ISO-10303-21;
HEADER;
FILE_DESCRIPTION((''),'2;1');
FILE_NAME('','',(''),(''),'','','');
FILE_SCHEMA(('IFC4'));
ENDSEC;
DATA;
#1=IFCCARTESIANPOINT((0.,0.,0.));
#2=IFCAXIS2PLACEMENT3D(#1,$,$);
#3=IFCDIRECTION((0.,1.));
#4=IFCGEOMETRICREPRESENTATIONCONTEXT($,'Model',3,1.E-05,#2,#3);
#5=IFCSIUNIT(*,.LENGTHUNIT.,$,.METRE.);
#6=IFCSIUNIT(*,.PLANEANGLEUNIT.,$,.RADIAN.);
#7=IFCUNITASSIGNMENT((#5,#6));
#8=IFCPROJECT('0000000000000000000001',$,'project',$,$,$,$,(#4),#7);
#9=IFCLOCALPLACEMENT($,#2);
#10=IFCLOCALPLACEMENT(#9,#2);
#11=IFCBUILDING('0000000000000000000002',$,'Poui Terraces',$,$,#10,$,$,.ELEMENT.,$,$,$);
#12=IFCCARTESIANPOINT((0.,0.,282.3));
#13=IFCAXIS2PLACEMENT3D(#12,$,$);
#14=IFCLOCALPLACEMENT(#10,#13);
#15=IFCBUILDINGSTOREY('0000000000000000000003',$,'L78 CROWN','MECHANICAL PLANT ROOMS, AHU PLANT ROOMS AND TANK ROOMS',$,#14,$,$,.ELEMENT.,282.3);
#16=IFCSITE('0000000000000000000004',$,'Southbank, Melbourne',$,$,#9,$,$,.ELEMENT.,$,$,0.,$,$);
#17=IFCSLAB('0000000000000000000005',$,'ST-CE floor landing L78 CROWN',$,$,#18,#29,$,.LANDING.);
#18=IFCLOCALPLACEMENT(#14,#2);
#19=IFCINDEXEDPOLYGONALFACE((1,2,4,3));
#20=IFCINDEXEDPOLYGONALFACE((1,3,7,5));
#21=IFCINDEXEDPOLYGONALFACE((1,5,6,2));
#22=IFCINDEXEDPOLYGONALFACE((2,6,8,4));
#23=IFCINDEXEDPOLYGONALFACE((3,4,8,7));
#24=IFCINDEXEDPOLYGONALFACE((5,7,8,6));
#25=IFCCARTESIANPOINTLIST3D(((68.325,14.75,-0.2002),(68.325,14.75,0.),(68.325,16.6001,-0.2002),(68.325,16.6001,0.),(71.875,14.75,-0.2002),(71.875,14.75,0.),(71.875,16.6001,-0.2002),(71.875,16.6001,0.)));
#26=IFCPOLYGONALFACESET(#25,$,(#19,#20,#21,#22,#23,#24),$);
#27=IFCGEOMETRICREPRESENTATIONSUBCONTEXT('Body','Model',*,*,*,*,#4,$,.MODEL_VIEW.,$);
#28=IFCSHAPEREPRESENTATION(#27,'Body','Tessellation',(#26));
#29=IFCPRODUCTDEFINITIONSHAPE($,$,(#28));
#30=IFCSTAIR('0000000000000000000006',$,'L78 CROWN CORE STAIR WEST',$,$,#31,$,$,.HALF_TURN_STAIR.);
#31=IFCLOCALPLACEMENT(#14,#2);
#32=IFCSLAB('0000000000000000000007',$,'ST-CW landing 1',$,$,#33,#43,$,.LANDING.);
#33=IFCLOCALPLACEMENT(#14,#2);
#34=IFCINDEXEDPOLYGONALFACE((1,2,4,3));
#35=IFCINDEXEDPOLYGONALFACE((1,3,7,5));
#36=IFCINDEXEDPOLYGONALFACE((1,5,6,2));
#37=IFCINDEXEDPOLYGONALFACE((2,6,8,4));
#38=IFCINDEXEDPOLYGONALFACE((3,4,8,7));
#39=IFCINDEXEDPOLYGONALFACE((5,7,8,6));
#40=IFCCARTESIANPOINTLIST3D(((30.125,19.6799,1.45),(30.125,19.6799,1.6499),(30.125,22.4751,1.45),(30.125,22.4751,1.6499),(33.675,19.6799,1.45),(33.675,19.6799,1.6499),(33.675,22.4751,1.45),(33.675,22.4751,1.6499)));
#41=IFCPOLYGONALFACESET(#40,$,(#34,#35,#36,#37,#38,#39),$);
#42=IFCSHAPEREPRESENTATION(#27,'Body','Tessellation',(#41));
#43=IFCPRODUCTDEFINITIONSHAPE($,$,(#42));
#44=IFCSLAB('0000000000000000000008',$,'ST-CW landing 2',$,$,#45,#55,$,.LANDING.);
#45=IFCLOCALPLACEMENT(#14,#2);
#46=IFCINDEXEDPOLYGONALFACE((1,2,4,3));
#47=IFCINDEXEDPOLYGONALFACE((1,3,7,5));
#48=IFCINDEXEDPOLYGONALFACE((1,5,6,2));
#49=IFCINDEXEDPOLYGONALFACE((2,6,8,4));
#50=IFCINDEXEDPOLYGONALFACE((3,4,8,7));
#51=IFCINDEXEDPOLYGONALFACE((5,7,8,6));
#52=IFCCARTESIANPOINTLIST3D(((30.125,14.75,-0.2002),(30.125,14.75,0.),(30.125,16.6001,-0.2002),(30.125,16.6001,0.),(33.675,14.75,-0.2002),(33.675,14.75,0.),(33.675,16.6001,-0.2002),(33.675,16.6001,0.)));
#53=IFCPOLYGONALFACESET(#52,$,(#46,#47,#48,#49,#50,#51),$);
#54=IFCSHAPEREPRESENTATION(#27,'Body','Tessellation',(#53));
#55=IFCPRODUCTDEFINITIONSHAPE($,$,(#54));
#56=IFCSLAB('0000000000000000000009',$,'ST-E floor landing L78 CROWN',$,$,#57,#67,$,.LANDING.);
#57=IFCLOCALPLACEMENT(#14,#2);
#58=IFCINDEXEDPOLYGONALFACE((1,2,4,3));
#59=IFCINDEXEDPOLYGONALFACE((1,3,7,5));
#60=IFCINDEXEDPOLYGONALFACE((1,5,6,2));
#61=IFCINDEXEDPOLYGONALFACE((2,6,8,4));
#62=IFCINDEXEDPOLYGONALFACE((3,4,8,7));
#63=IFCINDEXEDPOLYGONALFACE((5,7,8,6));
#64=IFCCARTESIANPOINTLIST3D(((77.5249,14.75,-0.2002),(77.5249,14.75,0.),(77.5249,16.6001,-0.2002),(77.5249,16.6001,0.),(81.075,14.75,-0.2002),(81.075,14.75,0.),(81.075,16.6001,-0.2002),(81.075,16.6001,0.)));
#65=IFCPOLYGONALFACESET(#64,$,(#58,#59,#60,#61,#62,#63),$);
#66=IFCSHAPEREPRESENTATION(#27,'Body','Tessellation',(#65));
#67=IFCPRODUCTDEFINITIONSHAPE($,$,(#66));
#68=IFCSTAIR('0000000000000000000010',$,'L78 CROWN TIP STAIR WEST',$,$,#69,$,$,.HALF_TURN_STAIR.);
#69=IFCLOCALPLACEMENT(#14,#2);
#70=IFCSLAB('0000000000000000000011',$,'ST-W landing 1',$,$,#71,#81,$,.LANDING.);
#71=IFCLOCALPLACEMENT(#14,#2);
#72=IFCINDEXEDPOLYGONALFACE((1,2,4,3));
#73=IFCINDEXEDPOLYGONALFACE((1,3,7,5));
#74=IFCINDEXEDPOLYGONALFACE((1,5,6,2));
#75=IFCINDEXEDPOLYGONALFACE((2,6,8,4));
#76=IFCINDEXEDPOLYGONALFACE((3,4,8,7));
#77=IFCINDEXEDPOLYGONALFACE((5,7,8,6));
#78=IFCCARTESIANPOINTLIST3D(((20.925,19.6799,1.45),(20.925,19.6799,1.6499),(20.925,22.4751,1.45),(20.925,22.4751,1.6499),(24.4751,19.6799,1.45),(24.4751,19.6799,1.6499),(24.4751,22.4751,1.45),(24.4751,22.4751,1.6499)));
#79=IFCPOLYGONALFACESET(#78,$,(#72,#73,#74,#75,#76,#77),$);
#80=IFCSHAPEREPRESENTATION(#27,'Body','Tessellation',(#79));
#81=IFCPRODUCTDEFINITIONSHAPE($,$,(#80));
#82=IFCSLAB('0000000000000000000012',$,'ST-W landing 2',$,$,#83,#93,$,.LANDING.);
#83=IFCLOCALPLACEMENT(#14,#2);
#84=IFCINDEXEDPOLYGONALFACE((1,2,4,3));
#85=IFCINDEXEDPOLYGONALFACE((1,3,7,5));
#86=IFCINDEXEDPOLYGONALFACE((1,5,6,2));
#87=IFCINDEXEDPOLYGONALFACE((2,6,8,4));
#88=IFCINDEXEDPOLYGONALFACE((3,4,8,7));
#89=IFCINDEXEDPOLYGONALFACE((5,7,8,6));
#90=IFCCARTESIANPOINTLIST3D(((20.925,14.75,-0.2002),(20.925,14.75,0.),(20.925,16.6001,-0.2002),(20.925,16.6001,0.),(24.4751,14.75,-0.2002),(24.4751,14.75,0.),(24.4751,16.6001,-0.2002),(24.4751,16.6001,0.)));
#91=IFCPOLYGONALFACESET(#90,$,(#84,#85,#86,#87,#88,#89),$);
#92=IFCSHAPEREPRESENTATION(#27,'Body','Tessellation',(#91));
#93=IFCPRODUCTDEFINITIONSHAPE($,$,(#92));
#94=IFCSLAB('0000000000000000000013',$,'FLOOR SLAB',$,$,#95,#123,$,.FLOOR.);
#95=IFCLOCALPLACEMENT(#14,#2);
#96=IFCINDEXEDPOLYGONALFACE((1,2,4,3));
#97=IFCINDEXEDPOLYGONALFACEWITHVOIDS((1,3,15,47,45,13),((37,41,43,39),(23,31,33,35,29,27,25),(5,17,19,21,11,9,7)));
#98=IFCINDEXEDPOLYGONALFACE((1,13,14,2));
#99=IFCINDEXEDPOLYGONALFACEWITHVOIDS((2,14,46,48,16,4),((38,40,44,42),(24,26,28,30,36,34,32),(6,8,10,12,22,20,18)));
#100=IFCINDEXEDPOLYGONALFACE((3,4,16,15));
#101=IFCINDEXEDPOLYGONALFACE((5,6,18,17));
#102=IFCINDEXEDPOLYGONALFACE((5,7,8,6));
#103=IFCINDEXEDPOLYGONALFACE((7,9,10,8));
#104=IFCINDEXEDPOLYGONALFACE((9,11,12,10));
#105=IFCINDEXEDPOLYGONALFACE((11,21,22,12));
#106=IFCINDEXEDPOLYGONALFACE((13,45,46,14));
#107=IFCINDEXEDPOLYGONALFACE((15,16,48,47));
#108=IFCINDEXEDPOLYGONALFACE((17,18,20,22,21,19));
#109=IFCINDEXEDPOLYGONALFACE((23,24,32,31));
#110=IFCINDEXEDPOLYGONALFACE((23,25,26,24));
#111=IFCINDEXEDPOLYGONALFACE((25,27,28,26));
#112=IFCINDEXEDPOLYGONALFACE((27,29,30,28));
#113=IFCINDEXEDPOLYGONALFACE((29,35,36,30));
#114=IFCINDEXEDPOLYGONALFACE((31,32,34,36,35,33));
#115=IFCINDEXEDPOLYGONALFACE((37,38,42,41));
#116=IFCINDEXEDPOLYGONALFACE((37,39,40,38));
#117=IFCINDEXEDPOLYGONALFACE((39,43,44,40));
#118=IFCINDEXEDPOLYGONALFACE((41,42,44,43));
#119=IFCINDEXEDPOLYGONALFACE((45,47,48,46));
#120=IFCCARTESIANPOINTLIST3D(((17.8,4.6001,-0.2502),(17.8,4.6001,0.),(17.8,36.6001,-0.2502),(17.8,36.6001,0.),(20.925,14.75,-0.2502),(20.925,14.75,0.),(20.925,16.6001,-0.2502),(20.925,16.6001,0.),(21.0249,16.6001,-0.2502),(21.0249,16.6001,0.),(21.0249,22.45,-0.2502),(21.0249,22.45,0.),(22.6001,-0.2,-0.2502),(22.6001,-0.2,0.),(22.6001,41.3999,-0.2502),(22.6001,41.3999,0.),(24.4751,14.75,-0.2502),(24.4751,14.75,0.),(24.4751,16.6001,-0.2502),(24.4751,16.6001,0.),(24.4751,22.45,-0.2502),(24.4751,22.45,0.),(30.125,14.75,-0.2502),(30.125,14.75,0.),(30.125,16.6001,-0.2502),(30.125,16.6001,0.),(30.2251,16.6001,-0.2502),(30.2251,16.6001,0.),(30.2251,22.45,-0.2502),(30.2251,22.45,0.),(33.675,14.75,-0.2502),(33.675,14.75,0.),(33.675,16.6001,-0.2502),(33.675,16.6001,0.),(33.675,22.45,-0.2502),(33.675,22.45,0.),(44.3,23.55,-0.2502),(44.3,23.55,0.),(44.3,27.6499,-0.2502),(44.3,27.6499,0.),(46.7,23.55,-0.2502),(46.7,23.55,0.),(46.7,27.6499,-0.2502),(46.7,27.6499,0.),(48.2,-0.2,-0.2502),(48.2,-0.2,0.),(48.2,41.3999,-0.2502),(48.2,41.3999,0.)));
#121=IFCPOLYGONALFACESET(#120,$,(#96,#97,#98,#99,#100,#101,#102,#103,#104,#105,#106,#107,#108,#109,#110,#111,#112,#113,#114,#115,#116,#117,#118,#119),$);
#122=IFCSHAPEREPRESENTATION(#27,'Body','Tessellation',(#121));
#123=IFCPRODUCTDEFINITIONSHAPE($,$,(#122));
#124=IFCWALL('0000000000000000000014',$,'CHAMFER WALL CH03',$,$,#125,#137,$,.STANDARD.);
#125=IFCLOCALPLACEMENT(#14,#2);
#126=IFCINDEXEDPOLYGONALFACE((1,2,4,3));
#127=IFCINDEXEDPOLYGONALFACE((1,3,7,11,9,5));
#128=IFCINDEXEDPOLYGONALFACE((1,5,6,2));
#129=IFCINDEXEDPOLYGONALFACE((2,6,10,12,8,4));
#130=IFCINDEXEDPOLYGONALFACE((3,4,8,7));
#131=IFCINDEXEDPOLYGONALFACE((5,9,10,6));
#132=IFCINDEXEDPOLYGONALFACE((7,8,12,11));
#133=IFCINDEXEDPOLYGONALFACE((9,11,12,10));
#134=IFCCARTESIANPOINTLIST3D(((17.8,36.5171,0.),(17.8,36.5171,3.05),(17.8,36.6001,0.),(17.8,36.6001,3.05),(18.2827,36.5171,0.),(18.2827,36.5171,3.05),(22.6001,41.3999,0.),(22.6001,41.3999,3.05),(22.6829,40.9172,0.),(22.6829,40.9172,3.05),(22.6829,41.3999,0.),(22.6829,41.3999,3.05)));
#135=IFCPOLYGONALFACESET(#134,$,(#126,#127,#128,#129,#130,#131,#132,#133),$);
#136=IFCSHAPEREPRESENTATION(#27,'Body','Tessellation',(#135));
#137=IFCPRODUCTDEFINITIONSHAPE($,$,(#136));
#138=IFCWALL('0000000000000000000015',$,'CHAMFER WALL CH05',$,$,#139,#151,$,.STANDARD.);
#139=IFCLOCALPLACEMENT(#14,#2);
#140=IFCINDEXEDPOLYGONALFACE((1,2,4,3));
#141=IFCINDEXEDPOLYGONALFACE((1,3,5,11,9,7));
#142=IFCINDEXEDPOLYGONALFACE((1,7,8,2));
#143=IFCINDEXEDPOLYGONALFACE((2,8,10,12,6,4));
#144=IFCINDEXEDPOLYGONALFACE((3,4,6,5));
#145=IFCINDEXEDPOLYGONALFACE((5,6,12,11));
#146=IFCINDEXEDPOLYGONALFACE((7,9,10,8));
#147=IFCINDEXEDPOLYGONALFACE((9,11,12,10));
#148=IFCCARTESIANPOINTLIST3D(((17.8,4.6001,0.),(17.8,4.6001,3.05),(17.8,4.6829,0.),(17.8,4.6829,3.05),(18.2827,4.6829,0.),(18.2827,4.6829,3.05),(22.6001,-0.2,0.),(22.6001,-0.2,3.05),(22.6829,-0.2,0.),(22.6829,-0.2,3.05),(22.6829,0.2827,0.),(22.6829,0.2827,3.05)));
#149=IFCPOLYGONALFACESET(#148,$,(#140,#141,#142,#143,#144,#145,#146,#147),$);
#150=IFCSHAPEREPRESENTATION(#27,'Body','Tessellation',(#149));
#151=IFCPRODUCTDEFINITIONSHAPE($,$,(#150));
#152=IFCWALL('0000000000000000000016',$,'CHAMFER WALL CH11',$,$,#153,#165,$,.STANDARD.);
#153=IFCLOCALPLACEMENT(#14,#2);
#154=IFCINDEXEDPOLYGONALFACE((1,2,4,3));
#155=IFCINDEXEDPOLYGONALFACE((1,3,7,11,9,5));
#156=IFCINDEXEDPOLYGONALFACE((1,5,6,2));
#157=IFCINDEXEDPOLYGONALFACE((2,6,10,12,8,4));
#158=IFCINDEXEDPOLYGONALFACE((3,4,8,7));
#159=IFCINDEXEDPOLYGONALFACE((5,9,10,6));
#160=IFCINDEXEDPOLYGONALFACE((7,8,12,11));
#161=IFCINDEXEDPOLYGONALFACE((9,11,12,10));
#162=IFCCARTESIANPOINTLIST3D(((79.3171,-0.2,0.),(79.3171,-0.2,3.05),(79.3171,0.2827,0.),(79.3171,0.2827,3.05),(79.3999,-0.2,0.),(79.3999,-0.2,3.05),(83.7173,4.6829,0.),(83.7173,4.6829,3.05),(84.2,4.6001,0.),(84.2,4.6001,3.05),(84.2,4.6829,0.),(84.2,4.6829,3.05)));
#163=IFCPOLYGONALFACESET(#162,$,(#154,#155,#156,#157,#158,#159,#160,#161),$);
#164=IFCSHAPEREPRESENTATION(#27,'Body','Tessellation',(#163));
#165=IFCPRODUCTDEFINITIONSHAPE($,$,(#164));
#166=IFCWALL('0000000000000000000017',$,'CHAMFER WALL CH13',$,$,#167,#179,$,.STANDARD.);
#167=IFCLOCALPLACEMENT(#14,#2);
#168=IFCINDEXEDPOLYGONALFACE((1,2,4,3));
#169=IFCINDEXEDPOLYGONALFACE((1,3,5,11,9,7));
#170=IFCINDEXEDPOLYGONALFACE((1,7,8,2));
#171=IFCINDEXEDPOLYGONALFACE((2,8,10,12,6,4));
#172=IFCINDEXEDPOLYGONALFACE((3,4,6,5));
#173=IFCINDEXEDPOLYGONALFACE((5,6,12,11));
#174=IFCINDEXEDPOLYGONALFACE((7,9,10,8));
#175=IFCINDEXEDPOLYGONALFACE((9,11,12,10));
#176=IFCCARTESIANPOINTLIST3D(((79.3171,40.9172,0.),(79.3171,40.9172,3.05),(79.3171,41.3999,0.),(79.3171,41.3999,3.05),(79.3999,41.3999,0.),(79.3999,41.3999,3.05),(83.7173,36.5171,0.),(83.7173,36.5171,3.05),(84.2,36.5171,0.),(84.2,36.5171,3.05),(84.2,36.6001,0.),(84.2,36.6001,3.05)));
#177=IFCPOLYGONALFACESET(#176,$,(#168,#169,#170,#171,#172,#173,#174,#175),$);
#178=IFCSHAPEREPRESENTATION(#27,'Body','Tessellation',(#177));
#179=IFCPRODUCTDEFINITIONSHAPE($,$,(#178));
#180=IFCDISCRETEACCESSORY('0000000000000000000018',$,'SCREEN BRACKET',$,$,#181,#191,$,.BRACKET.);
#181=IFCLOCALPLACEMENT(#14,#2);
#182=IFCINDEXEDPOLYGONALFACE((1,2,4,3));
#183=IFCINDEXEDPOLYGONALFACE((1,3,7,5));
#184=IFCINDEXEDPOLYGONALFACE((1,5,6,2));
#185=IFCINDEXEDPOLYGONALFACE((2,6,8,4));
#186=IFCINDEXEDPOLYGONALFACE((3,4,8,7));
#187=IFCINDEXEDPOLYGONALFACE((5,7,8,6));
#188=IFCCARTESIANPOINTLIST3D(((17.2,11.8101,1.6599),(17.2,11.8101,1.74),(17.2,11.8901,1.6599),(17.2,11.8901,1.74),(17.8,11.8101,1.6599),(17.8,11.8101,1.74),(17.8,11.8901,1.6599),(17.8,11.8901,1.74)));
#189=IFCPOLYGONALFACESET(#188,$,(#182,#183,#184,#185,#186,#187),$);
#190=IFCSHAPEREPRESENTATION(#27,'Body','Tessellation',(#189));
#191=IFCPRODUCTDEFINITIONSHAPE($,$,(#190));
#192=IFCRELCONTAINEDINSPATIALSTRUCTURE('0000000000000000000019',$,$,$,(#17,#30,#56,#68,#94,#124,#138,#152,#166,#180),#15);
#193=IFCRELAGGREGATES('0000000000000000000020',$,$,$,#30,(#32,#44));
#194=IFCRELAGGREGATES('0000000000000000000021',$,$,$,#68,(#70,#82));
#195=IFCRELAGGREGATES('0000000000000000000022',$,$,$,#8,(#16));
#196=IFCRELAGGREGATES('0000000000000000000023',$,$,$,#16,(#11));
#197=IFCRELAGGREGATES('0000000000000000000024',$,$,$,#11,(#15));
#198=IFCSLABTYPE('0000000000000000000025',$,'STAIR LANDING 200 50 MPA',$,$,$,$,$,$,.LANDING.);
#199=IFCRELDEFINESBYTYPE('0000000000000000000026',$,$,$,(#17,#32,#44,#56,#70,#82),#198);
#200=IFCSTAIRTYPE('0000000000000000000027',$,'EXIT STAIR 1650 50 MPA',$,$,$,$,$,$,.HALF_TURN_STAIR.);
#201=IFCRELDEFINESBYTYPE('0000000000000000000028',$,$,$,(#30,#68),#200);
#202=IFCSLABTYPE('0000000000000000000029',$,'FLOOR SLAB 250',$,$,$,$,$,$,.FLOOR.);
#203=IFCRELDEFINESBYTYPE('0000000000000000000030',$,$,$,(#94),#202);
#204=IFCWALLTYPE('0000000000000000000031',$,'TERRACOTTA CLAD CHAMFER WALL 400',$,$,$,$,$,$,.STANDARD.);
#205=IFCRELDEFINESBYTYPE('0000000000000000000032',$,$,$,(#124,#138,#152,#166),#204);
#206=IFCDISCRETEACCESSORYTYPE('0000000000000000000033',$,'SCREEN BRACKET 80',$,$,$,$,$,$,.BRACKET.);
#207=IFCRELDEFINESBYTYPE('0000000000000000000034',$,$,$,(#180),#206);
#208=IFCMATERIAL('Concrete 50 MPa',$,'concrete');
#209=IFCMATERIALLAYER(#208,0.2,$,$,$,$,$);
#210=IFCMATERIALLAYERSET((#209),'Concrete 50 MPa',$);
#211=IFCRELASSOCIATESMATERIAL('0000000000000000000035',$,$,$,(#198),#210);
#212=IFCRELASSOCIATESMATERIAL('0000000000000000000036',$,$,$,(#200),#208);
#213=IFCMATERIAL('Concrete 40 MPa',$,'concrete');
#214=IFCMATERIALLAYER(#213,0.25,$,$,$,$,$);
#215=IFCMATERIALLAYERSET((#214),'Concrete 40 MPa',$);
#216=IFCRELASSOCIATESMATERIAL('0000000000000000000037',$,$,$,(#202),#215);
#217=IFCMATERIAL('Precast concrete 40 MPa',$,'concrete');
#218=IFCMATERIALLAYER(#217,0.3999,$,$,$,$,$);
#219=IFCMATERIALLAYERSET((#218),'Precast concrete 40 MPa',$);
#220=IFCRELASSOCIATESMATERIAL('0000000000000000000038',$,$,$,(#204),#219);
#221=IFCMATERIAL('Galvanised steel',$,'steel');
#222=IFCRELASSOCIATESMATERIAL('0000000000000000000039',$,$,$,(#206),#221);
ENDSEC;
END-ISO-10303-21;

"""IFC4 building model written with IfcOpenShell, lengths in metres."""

from ifc_helpers import new_model, si_unit, direction, frame, origin, origin_2d, place, context, subcontext, project, spatial, polyline, rectangle, outline, extrude, source, transform, mapped, material, layer, layer_set, material_profile, profile_set, type_object, element, aggregate, save


model = new_model("IFC4")

# Units and contexts
model_context = context("Model", 3, precision=1e-05, world=origin(), true_north=direction((0.0, 1.0)))
body_context = subcontext(model_context, "Body", "Model", "MODEL_VIEW")
ifc_project = project(units=[si_unit("LENGTHUNIT", "METRE"), si_unit("PLANEANGLEUNIT", "RADIAN")], contexts=[model_context])

# Site, building, storey
site_placement = place(None, origin())
site = spatial("IfcSite", under=ifc_project, at=site_placement, Name="Southbank, Melbourne", CompositionType="ELEMENT", RefElevation=0.0)
building_placement = place(site_placement, origin())
building = spatial("IfcBuilding", under=site, at=building_placement, Name="Poui Terraces", CompositionType="ELEMENT")
storey_placement = place(building_placement, frame((0.0, 0.0, 282.3)))
storey = spatial("IfcBuildingStorey", under=building, at=storey_placement, Name="L78 CROWN", Description="MECHANICAL PLANT ROOMS, AHU PLANT ROOMS AND TANK ROOMS", CompositionType="ELEMENT", Elevation=282.3)

# Slab
ifc_material_1 = material(Name="Concrete 50 MPa", Category="concrete")
ifc_layer_1 = layer(ifc_material_1, 0.2)
ifc_layer_set_1 = layer_set([ifc_layer_1], Name="Concrete 50 MPa")
slab_type_1 = type_object("IfcSlabType", Name="STAIR LANDING 200 50 MPA", PredefinedType="LANDING", material=ifc_layer_set_1)
slab_1_placement = place(storey_placement, frame((0.0, 0.0, -0.2002)))
element("IfcSlab", 1, at=slab_1_placement, inside=storey, type_object=slab_type_1, Name="ST-CE floor landing L78 CROWN", PredefinedType="LANDING", context=body_context, shape_type="SweptSolid", body=[
    extrude(outline(polyline([(68.325, 14.75), (71.875, 14.75), (71.875, 16.6001), (68.325, 16.6001), (68.325, 14.75)])), origin(), (0.0, 0.0, 1.0), 0.2002),
])

# Stair, slabs
stair_type = type_object("IfcStairType", Name="EXIT STAIR 1650 50 MPA", PredefinedType="HALF_TURN_STAIR", material=ifc_material_1)
stair_1_placement = place(storey_placement, origin())
stair_1 = element("IfcStair", 2, at=stair_1_placement, inside=storey, type_object=stair_type, Name="L78 CROWN CORE STAIR WEST", PredefinedType="HALF_TURN_STAIR")
slab_2_placement = place(storey_placement, frame((0.0, 0.0, 1.45)))
slab_2 = element("IfcSlab", 3, at=slab_2_placement, type_object=slab_type_1, Name="ST-CW landing 1", PredefinedType="LANDING", context=body_context, shape_type="SweptSolid", body=[
    extrude(outline(polyline([(30.125, 19.6799), (33.675, 19.6799), (33.675, 22.4751), (30.125, 22.4751), (30.125, 19.6799)])), origin(), (0.0, 0.0, 1.0), 0.2),
])
slab_3_placement = place(storey_placement, frame((0.0, 0.0, -0.2002)))
slab_3 = element("IfcSlab", 4, at=slab_3_placement, type_object=slab_type_1, Name="ST-CW landing 2", PredefinedType="LANDING", context=body_context, shape_type="SweptSolid", body=[
    extrude(outline(polyline([(30.125, 14.75), (33.675, 14.75), (33.675, 16.6001), (30.125, 16.6001), (30.125, 14.75)])), origin(), (0.0, 0.0, 1.0), 0.2002),
])
aggregate(stair_1, [slab_2, slab_3])

# Slab
slab_4_placement = place(storey_placement, frame((0.0, 0.0, -0.2002)))
element("IfcSlab", 5, at=slab_4_placement, inside=storey, type_object=slab_type_1, Name="ST-E floor landing L78 CROWN", PredefinedType="LANDING", context=body_context, shape_type="SweptSolid", body=[
    extrude(outline(polyline([(77.5249, 14.75), (81.075, 14.75), (81.075, 16.6001), (77.5249, 16.6001), (77.5249, 14.75)])), origin(), (0.0, 0.0, 1.0), 0.2002),
])

# Stair, slabs
stair_2_placement = place(storey_placement, origin())
stair_2 = element("IfcStair", 6, at=stair_2_placement, inside=storey, type_object=stair_type, Name="L78 CROWN TIP STAIR WEST", PredefinedType="HALF_TURN_STAIR")
slab_5_placement = place(storey_placement, frame((0.0, 0.0, 1.45)))
slab_5 = element("IfcSlab", 7, at=slab_5_placement, type_object=slab_type_1, Name="ST-W landing 1", PredefinedType="LANDING", context=body_context, shape_type="SweptSolid", body=[
    extrude(outline(polyline([(20.925, 19.6799), (24.4751, 19.6799), (24.4751, 22.4751), (20.925, 22.4751), (20.925, 19.6799)])), origin(), (0.0, 0.0, 1.0), 0.2),
])
slab_6_placement = place(storey_placement, frame((0.0, 0.0, -0.2002)))
slab_6 = element("IfcSlab", 8, at=slab_6_placement, type_object=slab_type_1, Name="ST-W landing 2", PredefinedType="LANDING", context=body_context, shape_type="SweptSolid", body=[
    extrude(outline(polyline([(20.925, 14.75), (24.4751, 14.75), (24.4751, 16.6001), (20.925, 16.6001), (20.925, 14.75)])), origin(), (0.0, 0.0, 1.0), 0.2002),
])
aggregate(stair_2, [slab_5, slab_6])

# Slab
ifc_material_2 = material(Name="Concrete 40 MPa", Category="concrete")
ifc_layer_2 = layer(ifc_material_2, 0.25)
ifc_layer_set_2 = layer_set([ifc_layer_2], Name="Concrete 40 MPa")
slab_type_2 = type_object("IfcSlabType", Name="FLOOR SLAB 250", PredefinedType="FLOOR", material=ifc_layer_set_2)
shared_shape_1 = source(origin(), body_context, "Body", "SweptSolid", [
    extrude(outline(polyline([(0.0, 0.0), (4.8, -4.8), (30.3999, -4.8), (30.3999, 36.7998), (4.8, 36.7998), (0.0, 32.0), (0.0, 0.0)]), holes=[polyline([(3.125, 12.0), (3.2249, 12.0), (3.2249, 17.8499), (6.675, 17.8499), (6.675, 12.0), (6.675, 10.1499), (3.125, 10.1499), (3.125, 12.0)]), polyline([(12.325, 12.0), (12.425, 12.0), (12.425, 17.8499), (15.875, 17.8499), (15.875, 12.0), (15.875, 10.1499), (12.325, 10.1499), (12.325, 12.0)]), polyline([(28.8999, 18.95), (26.5, 18.95), (26.5, 23.0498), (28.8999, 23.0498), (28.8999, 18.95)])]), origin(), (0.0, 0.0, 1.0), 0.2502),
])
slab_7_placement = place(storey_placement, frame((17.8, 4.6001, -0.2502)))
element("IfcSlab", 9, at=slab_7_placement, inside=storey, type_object=slab_type_2, Name="FLOOR SLAB", PredefinedType="FLOOR", context=body_context, shape_type="MappedRepresentation", body=[
    mapped(shared_shape_1, transform((0.0, 0.0, 0.0))),
])

# Walls
ifc_material_3 = material(Name="Precast concrete 40 MPa", Category="concrete")
ifc_layer_3 = layer(ifc_material_3, 0.3999)
ifc_layer_set_3 = layer_set([ifc_layer_3], Name="Precast concrete 40 MPa")
wall_type = type_object("IfcWallType", Name="TERRACOTTA CLAD CHAMFER WALL 400", PredefinedType="STANDARD", material=ifc_layer_set_3)
wall_1_placement = place(storey_placement, origin())
element("IfcWall", 10, at=wall_1_placement, inside=storey, type_object=wall_type, Name="CHAMFER WALL CH03", PredefinedType="STANDARD", context=body_context, shape_type="SweptSolid", body=[
    extrude(outline(polyline([(22.6829, 41.3999), (22.6001, 41.3999), (17.8, 36.6001), (17.8, 36.5171), (18.2827, 36.5171), (22.6829, 40.9172), (22.6829, 41.3999)])), origin(), (0.0, 0.0, 1.0), 3.05),
])
wall_2_placement = place(storey_placement, origin())
element("IfcWall", 11, at=wall_2_placement, inside=storey, type_object=wall_type, Name="CHAMFER WALL CH05", PredefinedType="STANDARD", context=body_context, shape_type="SweptSolid", body=[
    extrude(outline(polyline([(17.8, 4.6829), (17.8, 4.6001), (22.6001, -0.2), (22.6829, -0.2), (22.6829, 0.2827), (18.2827, 4.6829), (17.8, 4.6829)])), origin(), (0.0, 0.0, 1.0), 3.05),
])
wall_3_placement = place(storey_placement, origin())
element("IfcWall", 12, at=wall_3_placement, inside=storey, type_object=wall_type, Name="CHAMFER WALL CH11", PredefinedType="STANDARD", context=body_context, shape_type="SweptSolid", body=[
    extrude(outline(polyline([(79.3171, -0.2), (79.3999, -0.2), (84.2, 4.6001), (84.2, 4.6829), (83.7173, 4.6829), (79.3171, 0.2827), (79.3171, -0.2)])), origin(), (0.0, 0.0, 1.0), 3.05),
])
wall_4_placement = place(storey_placement, origin())
element("IfcWall", 13, at=wall_4_placement, inside=storey, type_object=wall_type, Name="CHAMFER WALL CH13", PredefinedType="STANDARD", context=body_context, shape_type="SweptSolid", body=[
    extrude(outline(polyline([(84.2, 36.5171), (84.2, 36.6001), (79.3999, 41.3999), (79.3171, 41.3999), (79.3171, 40.9172), (83.7173, 36.5171), (84.2, 36.5171)])), origin(), (0.0, 0.0, 1.0), 3.05),
])

# Discrete accessory
ifc_material_4 = material(Name="Galvanised steel", Category="steel")
ifc_material_profile_1 = material_profile(ifc_material_4, rectangle(XDim=0.0801, YDim=0.0801, at=origin_2d()), Name="SCREEN BRACKET 80")
ifc_profile_set_1 = profile_set([ifc_material_profile_1], Name="Galvanised steel")
discrete_accessory_type = type_object("IfcDiscreteAccessoryType", Name="SCREEN BRACKET 80", PredefinedType="BRACKET", material=ifc_profile_set_1)
shared_shape_2 = source(origin(), body_context, "Body", "SweptSolid", [
    extrude(rectangle(XDim=0.0801, YDim=0.0801, at=origin_2d()), origin(), (0.0, 0.0, 1.0), 0.6001),
])
for number, where, z_axis, x_axis, name in (
    (14, (17.8, 11.8501, 1.7), (-1.0, 0.0, 0.0), (0.0, -1.0, 0.0), "SCREEN BRACKET"),
):
    element("IfcDiscreteAccessory", number, at=place(storey_placement, frame(where, z_axis=z_axis, x_axis=x_axis)), inside=storey, type_object=discrete_accessory_type, Name=name, PredefinedType="BRACKET", context=body_context, shape_type="MappedRepresentation", body=[
        mapped(shared_shape_2, transform((0.0, 0.0, 0.0))),
    ])

save(model, "model.ifc")
